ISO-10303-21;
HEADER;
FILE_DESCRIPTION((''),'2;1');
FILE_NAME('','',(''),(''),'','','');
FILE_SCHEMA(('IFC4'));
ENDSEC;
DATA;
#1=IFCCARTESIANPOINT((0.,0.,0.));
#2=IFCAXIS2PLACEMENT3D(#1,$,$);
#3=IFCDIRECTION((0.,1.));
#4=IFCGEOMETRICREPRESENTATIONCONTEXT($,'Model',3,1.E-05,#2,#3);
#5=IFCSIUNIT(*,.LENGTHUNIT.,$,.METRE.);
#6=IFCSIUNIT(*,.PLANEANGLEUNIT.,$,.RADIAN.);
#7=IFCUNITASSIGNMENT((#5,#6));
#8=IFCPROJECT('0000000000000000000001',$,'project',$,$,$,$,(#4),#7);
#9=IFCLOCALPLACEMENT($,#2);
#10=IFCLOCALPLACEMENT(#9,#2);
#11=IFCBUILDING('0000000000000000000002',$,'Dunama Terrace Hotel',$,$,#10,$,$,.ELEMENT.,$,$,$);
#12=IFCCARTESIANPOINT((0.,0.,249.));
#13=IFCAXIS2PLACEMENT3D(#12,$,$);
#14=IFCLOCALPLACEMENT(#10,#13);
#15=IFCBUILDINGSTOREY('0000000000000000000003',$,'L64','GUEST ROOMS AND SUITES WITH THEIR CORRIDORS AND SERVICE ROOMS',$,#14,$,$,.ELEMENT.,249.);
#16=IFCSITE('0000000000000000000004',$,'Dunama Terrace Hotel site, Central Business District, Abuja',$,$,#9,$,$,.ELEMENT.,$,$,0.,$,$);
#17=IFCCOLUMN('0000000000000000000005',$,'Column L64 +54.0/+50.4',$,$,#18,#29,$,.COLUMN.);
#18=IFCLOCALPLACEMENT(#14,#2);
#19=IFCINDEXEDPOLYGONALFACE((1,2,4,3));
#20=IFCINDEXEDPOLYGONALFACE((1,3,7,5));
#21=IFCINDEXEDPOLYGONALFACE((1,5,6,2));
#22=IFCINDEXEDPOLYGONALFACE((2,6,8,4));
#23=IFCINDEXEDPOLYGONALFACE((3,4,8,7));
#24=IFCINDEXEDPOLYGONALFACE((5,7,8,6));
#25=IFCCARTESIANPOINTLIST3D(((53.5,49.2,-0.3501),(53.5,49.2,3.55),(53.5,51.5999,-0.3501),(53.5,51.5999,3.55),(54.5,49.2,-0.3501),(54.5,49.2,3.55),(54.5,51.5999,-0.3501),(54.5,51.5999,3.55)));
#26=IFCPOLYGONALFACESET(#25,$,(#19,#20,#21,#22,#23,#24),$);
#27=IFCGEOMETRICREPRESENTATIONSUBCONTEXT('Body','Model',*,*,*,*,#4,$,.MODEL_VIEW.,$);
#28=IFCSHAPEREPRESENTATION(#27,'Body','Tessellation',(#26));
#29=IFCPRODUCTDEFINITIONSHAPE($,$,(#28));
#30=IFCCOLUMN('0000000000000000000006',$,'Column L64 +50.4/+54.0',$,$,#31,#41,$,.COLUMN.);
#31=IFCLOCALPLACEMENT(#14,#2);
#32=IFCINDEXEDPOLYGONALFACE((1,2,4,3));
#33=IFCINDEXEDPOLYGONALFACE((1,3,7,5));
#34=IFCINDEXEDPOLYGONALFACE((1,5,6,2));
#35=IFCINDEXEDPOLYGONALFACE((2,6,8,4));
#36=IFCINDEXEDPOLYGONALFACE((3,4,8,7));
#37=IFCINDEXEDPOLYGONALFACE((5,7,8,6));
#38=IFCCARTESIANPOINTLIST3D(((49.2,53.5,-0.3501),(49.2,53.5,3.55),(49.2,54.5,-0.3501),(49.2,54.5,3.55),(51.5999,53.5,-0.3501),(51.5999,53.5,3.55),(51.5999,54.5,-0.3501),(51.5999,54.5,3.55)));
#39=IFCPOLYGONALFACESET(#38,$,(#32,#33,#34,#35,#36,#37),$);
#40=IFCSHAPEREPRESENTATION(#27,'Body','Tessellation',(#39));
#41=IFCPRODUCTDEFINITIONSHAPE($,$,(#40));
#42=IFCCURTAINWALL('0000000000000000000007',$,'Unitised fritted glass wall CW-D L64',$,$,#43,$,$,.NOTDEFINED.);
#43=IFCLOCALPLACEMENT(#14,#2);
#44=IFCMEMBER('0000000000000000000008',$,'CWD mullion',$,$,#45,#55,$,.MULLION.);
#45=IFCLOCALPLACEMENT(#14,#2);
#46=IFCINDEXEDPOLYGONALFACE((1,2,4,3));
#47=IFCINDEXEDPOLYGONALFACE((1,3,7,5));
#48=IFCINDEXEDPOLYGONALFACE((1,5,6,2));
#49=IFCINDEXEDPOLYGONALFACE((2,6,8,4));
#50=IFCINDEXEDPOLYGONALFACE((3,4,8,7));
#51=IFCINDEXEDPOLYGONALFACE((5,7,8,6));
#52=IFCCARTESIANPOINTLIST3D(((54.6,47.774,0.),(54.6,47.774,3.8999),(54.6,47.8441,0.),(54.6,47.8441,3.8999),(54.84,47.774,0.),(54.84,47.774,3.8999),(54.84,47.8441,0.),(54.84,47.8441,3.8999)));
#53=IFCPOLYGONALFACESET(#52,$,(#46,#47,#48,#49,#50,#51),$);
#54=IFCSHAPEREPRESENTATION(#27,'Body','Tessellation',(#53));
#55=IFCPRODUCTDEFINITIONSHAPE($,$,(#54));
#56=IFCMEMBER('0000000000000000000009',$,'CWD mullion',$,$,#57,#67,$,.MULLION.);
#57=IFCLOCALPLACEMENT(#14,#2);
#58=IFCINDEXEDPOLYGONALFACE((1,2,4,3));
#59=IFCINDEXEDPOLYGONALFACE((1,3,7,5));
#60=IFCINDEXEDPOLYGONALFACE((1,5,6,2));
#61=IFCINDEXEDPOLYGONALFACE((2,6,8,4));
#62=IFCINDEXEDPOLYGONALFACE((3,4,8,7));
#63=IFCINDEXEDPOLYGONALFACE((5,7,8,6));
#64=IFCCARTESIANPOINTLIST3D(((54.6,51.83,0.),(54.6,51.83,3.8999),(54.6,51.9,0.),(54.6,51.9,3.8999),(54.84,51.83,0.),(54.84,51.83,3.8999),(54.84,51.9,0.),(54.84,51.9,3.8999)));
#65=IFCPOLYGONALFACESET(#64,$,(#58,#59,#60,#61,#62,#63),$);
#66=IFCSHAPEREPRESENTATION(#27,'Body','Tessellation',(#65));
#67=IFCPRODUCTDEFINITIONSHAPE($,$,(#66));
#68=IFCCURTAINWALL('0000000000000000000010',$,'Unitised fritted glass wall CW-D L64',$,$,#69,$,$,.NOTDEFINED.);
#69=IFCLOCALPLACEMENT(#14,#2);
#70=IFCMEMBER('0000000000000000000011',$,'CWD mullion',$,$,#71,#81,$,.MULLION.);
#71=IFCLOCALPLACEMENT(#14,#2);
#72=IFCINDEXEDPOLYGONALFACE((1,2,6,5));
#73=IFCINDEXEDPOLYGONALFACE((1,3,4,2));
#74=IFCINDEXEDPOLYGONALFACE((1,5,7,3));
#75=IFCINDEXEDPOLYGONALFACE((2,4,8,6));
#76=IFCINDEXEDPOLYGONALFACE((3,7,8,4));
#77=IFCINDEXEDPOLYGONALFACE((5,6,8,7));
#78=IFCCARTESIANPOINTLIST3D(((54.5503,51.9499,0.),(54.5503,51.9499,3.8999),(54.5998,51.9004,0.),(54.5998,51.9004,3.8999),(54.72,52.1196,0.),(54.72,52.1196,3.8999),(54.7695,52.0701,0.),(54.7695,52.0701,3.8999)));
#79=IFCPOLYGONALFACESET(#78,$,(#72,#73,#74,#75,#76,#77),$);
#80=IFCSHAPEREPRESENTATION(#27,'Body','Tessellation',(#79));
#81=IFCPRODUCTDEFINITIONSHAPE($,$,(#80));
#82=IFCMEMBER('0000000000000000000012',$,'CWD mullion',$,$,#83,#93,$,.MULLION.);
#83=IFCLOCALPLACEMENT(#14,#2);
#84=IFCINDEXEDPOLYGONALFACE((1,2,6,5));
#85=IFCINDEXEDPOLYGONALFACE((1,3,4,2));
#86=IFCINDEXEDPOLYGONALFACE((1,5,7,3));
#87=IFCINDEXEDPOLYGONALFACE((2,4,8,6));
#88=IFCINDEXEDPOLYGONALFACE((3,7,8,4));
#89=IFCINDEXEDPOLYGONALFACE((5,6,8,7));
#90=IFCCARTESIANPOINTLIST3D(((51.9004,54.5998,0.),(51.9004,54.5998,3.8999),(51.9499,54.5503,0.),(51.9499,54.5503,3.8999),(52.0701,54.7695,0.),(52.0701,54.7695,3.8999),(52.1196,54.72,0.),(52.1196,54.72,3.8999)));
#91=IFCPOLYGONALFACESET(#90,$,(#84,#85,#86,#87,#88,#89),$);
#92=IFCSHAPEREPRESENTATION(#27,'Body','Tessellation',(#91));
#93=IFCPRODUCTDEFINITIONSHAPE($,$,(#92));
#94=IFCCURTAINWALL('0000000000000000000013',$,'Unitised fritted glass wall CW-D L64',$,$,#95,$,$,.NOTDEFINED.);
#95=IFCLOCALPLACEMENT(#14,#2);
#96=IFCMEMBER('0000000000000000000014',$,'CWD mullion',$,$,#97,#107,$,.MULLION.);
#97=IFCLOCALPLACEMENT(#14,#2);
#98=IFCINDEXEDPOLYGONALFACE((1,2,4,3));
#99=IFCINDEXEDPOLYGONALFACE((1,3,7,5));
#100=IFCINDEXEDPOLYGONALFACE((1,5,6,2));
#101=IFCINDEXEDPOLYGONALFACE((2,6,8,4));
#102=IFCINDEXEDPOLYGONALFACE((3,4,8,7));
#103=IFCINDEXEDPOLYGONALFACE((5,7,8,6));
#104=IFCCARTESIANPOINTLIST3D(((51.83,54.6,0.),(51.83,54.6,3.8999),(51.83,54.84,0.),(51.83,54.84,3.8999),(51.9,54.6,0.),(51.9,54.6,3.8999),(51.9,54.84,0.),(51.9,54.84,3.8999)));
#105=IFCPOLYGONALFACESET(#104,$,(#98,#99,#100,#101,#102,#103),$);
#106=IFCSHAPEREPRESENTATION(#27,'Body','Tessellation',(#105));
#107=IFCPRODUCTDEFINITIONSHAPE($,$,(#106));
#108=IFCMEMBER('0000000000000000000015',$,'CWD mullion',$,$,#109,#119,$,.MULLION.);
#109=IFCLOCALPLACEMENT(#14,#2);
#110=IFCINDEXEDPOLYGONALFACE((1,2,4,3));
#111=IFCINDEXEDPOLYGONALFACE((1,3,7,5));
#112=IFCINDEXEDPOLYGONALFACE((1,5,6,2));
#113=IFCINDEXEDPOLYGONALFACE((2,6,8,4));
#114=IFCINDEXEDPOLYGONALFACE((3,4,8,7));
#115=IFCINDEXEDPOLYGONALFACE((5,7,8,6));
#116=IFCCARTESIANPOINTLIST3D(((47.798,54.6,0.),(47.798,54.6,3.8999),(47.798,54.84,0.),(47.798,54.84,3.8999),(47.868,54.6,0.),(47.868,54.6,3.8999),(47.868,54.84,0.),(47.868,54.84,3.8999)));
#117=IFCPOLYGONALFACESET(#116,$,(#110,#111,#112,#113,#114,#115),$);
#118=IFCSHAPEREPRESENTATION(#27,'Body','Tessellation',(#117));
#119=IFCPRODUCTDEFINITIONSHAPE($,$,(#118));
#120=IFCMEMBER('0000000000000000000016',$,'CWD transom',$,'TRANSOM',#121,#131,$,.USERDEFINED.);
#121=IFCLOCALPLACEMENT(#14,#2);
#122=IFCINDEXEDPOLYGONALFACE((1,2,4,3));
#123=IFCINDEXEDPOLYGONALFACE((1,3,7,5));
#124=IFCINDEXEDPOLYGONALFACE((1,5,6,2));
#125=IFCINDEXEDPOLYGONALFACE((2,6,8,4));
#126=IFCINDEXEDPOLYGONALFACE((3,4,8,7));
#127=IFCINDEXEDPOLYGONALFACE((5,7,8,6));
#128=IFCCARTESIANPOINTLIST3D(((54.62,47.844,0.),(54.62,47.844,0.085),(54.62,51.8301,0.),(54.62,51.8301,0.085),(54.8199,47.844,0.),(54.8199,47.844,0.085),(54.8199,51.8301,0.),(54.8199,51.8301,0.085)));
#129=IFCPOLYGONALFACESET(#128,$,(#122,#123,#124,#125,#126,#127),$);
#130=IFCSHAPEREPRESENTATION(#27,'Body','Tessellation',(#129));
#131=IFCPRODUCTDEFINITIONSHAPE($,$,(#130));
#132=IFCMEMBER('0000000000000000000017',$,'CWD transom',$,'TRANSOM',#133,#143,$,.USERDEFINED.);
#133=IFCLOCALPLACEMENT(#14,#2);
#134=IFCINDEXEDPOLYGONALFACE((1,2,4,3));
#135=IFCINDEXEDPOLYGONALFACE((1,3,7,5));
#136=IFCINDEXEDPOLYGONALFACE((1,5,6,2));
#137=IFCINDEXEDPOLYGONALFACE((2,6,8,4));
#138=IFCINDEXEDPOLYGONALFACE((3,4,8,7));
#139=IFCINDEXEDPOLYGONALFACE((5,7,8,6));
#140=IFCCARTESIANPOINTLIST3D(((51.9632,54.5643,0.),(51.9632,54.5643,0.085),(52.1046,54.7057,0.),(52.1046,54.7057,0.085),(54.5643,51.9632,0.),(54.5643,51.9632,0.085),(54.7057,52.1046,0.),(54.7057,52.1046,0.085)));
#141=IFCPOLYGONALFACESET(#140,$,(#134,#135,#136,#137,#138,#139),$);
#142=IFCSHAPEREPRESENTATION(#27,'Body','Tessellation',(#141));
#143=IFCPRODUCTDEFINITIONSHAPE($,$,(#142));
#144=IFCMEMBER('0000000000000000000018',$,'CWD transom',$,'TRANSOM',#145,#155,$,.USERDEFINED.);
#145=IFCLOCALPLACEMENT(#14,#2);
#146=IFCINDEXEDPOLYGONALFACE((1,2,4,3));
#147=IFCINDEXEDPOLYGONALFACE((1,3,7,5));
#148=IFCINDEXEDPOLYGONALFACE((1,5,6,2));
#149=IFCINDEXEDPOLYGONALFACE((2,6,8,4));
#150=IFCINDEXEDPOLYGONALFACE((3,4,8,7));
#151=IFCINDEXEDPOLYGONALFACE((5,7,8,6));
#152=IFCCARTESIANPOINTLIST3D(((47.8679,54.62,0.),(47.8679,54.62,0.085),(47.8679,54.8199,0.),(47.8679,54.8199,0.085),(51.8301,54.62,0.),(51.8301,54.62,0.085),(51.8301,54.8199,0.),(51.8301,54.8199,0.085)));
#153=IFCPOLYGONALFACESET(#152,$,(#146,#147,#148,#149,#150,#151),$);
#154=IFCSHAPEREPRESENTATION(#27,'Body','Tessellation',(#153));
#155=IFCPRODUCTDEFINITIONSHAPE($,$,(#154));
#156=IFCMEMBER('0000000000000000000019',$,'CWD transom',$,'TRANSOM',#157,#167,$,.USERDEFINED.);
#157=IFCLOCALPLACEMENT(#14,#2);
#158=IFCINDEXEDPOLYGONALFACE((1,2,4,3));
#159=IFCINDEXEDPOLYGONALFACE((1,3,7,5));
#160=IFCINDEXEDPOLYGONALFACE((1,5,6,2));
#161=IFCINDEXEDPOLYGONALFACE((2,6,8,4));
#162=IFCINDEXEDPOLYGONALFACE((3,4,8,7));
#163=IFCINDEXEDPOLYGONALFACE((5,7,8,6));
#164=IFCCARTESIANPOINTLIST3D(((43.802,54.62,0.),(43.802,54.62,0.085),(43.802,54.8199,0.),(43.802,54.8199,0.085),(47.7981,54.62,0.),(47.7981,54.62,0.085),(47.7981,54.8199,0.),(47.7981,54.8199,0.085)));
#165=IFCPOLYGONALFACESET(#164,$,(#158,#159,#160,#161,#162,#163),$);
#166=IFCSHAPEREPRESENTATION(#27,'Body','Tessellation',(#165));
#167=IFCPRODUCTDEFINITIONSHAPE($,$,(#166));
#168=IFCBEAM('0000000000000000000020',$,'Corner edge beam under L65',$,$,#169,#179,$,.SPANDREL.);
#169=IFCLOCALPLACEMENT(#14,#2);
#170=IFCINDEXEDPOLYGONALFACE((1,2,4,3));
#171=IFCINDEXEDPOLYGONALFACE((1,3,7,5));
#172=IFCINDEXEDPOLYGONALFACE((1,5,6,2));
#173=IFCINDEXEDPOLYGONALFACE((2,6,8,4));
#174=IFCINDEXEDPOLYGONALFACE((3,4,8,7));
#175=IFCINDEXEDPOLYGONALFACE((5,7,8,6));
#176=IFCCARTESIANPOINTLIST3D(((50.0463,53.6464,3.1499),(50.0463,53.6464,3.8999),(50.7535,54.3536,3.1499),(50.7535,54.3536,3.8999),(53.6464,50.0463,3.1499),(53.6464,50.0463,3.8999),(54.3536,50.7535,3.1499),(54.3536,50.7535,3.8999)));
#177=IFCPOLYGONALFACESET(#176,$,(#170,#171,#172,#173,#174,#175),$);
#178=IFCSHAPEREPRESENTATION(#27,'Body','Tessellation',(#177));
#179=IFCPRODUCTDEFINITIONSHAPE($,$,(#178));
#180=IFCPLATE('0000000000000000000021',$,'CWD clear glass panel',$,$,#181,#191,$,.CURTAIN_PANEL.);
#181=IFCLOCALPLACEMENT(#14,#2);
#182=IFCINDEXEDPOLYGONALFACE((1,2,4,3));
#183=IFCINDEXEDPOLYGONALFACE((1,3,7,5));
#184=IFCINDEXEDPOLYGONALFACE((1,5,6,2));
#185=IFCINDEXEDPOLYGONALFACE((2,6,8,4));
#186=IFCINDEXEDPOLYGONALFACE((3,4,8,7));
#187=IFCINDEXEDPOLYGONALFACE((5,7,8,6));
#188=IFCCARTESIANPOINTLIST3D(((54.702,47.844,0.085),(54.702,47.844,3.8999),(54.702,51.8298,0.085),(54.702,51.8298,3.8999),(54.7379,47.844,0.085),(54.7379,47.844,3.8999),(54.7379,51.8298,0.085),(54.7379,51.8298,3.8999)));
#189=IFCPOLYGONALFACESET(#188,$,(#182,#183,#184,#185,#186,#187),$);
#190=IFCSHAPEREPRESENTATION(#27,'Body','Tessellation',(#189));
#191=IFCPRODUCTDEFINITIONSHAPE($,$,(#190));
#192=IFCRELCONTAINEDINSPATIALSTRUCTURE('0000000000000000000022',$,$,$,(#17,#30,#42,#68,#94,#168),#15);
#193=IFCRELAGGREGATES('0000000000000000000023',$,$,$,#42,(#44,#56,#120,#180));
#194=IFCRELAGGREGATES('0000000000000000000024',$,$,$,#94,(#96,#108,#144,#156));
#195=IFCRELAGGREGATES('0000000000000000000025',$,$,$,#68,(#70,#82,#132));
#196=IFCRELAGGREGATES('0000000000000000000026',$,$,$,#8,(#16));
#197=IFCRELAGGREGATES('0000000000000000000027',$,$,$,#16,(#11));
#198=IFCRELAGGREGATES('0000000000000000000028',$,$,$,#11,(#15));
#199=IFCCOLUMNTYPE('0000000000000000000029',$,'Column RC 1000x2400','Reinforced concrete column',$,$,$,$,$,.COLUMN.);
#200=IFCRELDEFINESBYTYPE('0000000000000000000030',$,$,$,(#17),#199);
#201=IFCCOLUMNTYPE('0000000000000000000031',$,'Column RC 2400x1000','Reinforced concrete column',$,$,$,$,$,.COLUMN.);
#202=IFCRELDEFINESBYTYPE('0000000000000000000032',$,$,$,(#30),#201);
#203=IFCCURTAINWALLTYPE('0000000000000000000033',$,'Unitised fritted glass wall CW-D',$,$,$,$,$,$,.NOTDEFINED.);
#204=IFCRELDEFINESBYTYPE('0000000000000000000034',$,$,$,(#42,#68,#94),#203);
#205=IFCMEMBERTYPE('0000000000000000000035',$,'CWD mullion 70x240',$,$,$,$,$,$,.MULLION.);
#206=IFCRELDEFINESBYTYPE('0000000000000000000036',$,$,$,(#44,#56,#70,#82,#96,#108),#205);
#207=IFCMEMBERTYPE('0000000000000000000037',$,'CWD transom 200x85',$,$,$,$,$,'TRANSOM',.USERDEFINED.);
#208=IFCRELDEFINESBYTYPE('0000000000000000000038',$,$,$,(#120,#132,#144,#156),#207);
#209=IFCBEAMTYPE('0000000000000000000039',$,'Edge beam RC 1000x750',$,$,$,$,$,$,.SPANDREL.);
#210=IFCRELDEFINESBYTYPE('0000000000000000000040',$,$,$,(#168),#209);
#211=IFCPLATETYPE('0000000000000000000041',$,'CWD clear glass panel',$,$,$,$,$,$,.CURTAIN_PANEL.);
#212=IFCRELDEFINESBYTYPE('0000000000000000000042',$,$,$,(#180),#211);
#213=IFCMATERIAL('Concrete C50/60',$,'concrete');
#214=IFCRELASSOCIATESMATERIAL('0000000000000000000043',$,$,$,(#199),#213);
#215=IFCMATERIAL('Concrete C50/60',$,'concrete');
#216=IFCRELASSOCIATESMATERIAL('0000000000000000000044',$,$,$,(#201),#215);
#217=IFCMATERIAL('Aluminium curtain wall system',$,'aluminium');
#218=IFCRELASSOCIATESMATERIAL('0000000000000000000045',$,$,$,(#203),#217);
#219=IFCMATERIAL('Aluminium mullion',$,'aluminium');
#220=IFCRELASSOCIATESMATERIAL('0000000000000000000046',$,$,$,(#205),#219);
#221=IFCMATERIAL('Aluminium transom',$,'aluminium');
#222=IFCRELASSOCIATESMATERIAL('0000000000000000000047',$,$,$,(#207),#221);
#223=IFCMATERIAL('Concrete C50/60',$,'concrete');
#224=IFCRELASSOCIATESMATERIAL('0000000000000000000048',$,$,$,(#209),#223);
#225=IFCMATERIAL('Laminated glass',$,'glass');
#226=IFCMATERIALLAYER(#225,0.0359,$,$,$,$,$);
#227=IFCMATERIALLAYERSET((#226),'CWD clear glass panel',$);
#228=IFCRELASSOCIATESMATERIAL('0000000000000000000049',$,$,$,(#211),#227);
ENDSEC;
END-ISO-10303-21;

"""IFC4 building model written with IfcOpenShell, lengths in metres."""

from ifc_helpers import new_model, si_unit, direction, frame, origin, origin_2d, place, context, subcontext, project, spatial, rectangle, extrude, material, layer, layer_set, material_profile, profile_set, type_object, element, aggregate, save


model = new_model("IFC4")

# Units and contexts
model_context = context("Model", 3, precision=1e-05, world=origin(), true_north=direction((0.0, 1.0)))
body_context = subcontext(model_context, "Body", "Model", "MODEL_VIEW")
ifc_project = project(units=[si_unit("LENGTHUNIT", "METRE"), si_unit("PLANEANGLEUNIT", "RADIAN")], contexts=[model_context])

# Site, building, storey
site_placement = place(None, origin())
site = spatial("IfcSite", under=ifc_project, at=site_placement, Name="Dunama Terrace Hotel site, Central Business District, Abuja", CompositionType="ELEMENT", RefElevation=0.0)
building_placement = place(site_placement, origin())
building = spatial("IfcBuilding", under=site, at=building_placement, Name="Dunama Terrace Hotel", CompositionType="ELEMENT")
storey_placement = place(building_placement, frame((0.0, 0.0, 249.0)))
storey = spatial("IfcBuildingStorey", under=building, at=storey_placement, Name="L64", Description="GUEST ROOMS AND SUITES WITH THEIR CORRIDORS AND SERVICE ROOMS", CompositionType="ELEMENT", Elevation=249.0)

# Columns
ifc_material_1 = material(Name="Concrete C50/60", Category="concrete")
ifc_material_profile_1 = material_profile(ifc_material_1, rectangle(XDim=1.0, YDim=2.3999, at=origin_2d()), Name="RC 1000x2400")
ifc_profile_set_1 = profile_set([ifc_material_profile_1], Name="Concrete C50/60")
column_type_1 = type_object("IfcColumnType", Name="Column RC 1000x2400", Description="Reinforced concrete column", PredefinedType="COLUMN", material=ifc_profile_set_1)
column_1_placement = place(storey_placement, frame((54.0, 50.3999, -0.3501), z_axis=(0.0, 0.0, 1.0), x_axis=(1.0, 0.0, 0.0)))
element("IfcColumn", 1, at=column_1_placement, inside=storey, type_object=column_type_1, Name="Column L64 +54.0/+50.4", PredefinedType="COLUMN", context=body_context, shape_type="SweptSolid", body=[
    extrude(rectangle(XDim=1.0, YDim=2.3999, at=origin_2d()), origin(), (0.0, 0.0, 1.0), 3.9001),
])
ifc_material_2 = material(Name="Concrete C50/60", Category="concrete")
ifc_material_profile_2 = material_profile(ifc_material_2, rectangle(XDim=2.3999, YDim=1.0, at=origin_2d()), Name="RC 2400x1000")
ifc_profile_set_2 = profile_set([ifc_material_profile_2], Name="Concrete C50/60")
column_type_2 = type_object("IfcColumnType", Name="Column RC 2400x1000", Description="Reinforced concrete column", PredefinedType="COLUMN", material=ifc_profile_set_2)
column_2_placement = place(storey_placement, frame((50.3999, 54.0, -0.3501), z_axis=(0.0, 0.0, 1.0), x_axis=(1.0, 0.0, 0.0)))
element("IfcColumn", 2, at=column_2_placement, inside=storey, type_object=column_type_2, Name="Column L64 +50.4/+54.0", PredefinedType="COLUMN", context=body_context, shape_type="SweptSolid", body=[
    extrude(rectangle(XDim=2.3999, YDim=1.0, at=origin_2d()), origin(), (0.0, 0.0, 1.0), 3.9001),
])

# Curtain walls, members
ifc_material_3 = material(Name="Aluminium curtain wall system", Category="aluminium")
curtain_wall_type = type_object("IfcCurtainWallType", Name="Unitised fritted glass wall CW-D", PredefinedType="NOTDEFINED", material=ifc_material_3)
curtain_wall_1_placement = place(storey_placement, origin())
curtain_wall_1 = element("IfcCurtainWall", 3, at=curtain_wall_1_placement, inside=storey, type_object=curtain_wall_type, Name="Unitised fritted glass wall CW-D L64", PredefinedType="NOTDEFINED")
ifc_material_4 = material(Name="Aluminium mullion", Category="aluminium")
ifc_material_profile_3 = material_profile(ifc_material_4, rectangle(XDim=0.0701, YDim=0.24, at=origin_2d()), Name="CWD MULLION 70X240")
ifc_profile_set_3 = profile_set([ifc_material_profile_3], Name="Aluminium mullion")
member_type_1 = type_object("IfcMemberType", Name="CWD mullion 70x240", PredefinedType="MULLION", material=ifc_profile_set_3)
member_1_placement = place(storey_placement, frame((54.72, 47.8091, 0.0), z_axis=(0.0, 0.0, 1.0), x_axis=(0.0, 1.0, 0.0)))
member_1 = element("IfcMember", 4, at=member_1_placement, type_object=member_type_1, Name="CWD mullion", PredefinedType="MULLION", context=body_context, shape_type="SweptSolid", body=[
    extrude(rectangle(XDim=0.0701, YDim=0.24, at=origin_2d()), origin(), (0.0, 0.0, 1.0), 3.8999),
])
member_2_placement = place(storey_placement, frame((54.72, 51.865, 0.0), z_axis=(0.0, 0.0, 1.0), x_axis=(0.0, 1.0, 0.0)))
member_2 = element("IfcMember", 5, at=member_2_placement, type_object=member_type_1, Name="CWD mullion", PredefinedType="MULLION", context=body_context, shape_type="SweptSolid", body=[
    extrude(rectangle(XDim=0.0701, YDim=0.24, at=origin_2d()), origin(), (0.0, 0.0, 1.0), 3.8999),
])
curtain_wall_2_placement = place(storey_placement, origin())
curtain_wall_2 = element("IfcCurtainWall", 6, at=curtain_wall_2_placement, inside=storey, type_object=curtain_wall_type, Name="Unitised fritted glass wall CW-D L64", PredefinedType="NOTDEFINED")
member_3_placement = place(storey_placement, frame((54.6599, 52.01, 0.0), z_axis=(0.0, 0.0, 1.0), x_axis=(-0.707107, 0.707107, 0.0)))
member_3 = element("IfcMember", 7, at=member_3_placement, type_object=member_type_1, Name="CWD mullion", PredefinedType="MULLION", context=body_context, shape_type="SweptSolid", body=[
    extrude(rectangle(XDim=0.0701, YDim=0.24, at=origin_2d()), origin(), (0.0, 0.0, 1.0), 3.8999),
])
member_4_placement = place(storey_placement, frame((52.01, 54.6599, 0.0), z_axis=(0.0, 0.0, 1.0), x_axis=(-0.707107, 0.707107, 0.0)))
member_4 = element("IfcMember", 8, at=member_4_placement, type_object=member_type_1, Name="CWD mullion", PredefinedType="MULLION", context=body_context, shape_type="SweptSolid", body=[
    extrude(rectangle(XDim=0.0701, YDim=0.24, at=origin_2d()), origin(), (0.0, 0.0, 1.0), 3.8999),
])
curtain_wall_3_placement = place(storey_placement, origin())
curtain_wall_3 = element("IfcCurtainWall", 9, at=curtain_wall_3_placement, inside=storey, type_object=curtain_wall_type, Name="Unitised fritted glass wall CW-D L64", PredefinedType="NOTDEFINED")
member_5_placement = place(storey_placement, frame((51.865, 54.72, 0.0), z_axis=(0.0, 0.0, 1.0), x_axis=(-1.0, 0.0, 0.0)))
member_5 = element("IfcMember", 10, at=member_5_placement, type_object=member_type_1, Name="CWD mullion", PredefinedType="MULLION", context=body_context, shape_type="SweptSolid", body=[
    extrude(rectangle(XDim=0.0701, YDim=0.24, at=origin_2d()), origin(), (0.0, 0.0, 1.0), 3.8999),
])
member_6_placement = place(storey_placement, frame((47.833, 54.72, 0.0), z_axis=(0.0, 0.0, 1.0), x_axis=(-1.0, 0.0, 0.0)))
member_6 = element("IfcMember", 11, at=member_6_placement, type_object=member_type_1, Name="CWD mullion", PredefinedType="MULLION", context=body_context, shape_type="SweptSolid", body=[
    extrude(rectangle(XDim=0.0701, YDim=0.24, at=origin_2d()), origin(), (0.0, 0.0, 1.0), 3.8999),
])

# Members
ifc_material_5 = material(Name="Aluminium transom", Category="aluminium")
ifc_material_profile_4 = material_profile(ifc_material_5, rectangle(XDim=0.2, YDim=0.085, at=origin_2d()), Name="CWD TRANSOM 200X85")
ifc_profile_set_4 = profile_set([ifc_material_profile_4], Name="Aluminium transom")
member_type_2 = type_object("IfcMemberType", Name="CWD transom 200x85", ElementType="TRANSOM", PredefinedType="USERDEFINED", material=ifc_profile_set_4)
member_7_placement = place(storey_placement, frame((54.72, 47.844, 0.0425), z_axis=(0.0, 1.0, 0.0), x_axis=(-1.0, 0.0, 0.0)))
member_7 = element("IfcMember", 12, at=member_7_placement, type_object=member_type_2, Name="CWD transom", ObjectType="TRANSOM", PredefinedType="USERDEFINED", context=body_context, shape_type="SweptSolid", body=[
    extrude(rectangle(XDim=0.2, YDim=0.085, at=origin_2d()), origin(), (0.0, 0.0, 1.0), 3.9861),
])
member_8_placement = place(storey_placement, frame((54.635, 52.0339, 0.0425), z_axis=(-0.707107, 0.707107, 0.0), x_axis=(-0.707107, -0.707107, 0.0)))
member_8 = element("IfcMember", 13, at=member_8_placement, type_object=member_type_2, Name="CWD transom", ObjectType="TRANSOM", PredefinedType="USERDEFINED", context=body_context, shape_type="SweptSolid", body=[
    extrude(rectangle(XDim=0.2, YDim=0.085, at=origin_2d()), origin(), (0.0, 0.0, 1.0), 3.6785),
])
member_9_placement = place(storey_placement, frame((51.8301, 54.72, 0.0425), z_axis=(-1.0, 0.0, 0.0), x_axis=(0.0, -1.0, 0.0)))
member_9 = element("IfcMember", 14, at=member_9_placement, type_object=member_type_2, Name="CWD transom", ObjectType="TRANSOM", PredefinedType="USERDEFINED", context=body_context, shape_type="SweptSolid", body=[
    extrude(rectangle(XDim=0.2, YDim=0.085, at=origin_2d()), origin(), (0.0, 0.0, 1.0), 3.9622),
])
member_10_placement = place(storey_placement, frame((47.7981, 54.72, 0.0425), z_axis=(-1.0, 0.0, 0.0), x_axis=(0.0, -1.0, 0.0)))
member_10 = element("IfcMember", 15, at=member_10_placement, type_object=member_type_2, Name="CWD transom", ObjectType="TRANSOM", PredefinedType="USERDEFINED", context=body_context, shape_type="SweptSolid", body=[
    extrude(rectangle(XDim=0.2, YDim=0.085, at=origin_2d()), origin(), (0.0, 0.0, 1.0), 3.9961),
])

# Beam
ifc_material_6 = material(Name="Concrete C50/60", Category="concrete")
ifc_material_profile_5 = material_profile(ifc_material_6, rectangle(XDim=1.0, YDim=0.75, at=origin_2d()), Name="RC 1000x750")
ifc_profile_set_5 = profile_set([ifc_material_profile_5], Name="Concrete C50/60")
beam_type = type_object("IfcBeamType", Name="Edge beam RC 1000x750", PredefinedType="SPANDREL", material=ifc_profile_set_5)
beam_placement = place(storey_placement, frame((50.3999, 54.0, 3.5249), z_axis=(0.707107, -0.707107, 0.0), x_axis=(0.707107, 0.707107, 0.0)))
element("IfcBeam", 16, at=beam_placement, inside=storey, type_object=beam_type, Name="Corner edge beam under L65", PredefinedType="SPANDREL", context=body_context, shape_type="SweptSolid", body=[
    extrude(rectangle(XDim=1.0, YDim=0.75, at=origin_2d()), origin(), (0.0, 0.0, 1.0), 5.0913),
])

# Plate
ifc_material_7 = material(Name="Laminated glass", Category="glass")
ifc_layer_1 = layer(ifc_material_7, 0.0359)
ifc_layer_set_1 = layer_set([ifc_layer_1], Name="CWD clear glass panel")
plate_type_1 = type_object("IfcPlateType", Name="CWD clear glass panel", PredefinedType="CURTAIN_PANEL", material=ifc_layer_set_1)
plate_1_placement = place(storey_placement, frame((54.72, 49.8369, 0.085), z_axis=(0.0, 0.0, 1.0), x_axis=(0.0, 1.0, 0.0)))
plate_1 = element("IfcPlate", 17, at=plate_1_placement, type_object=plate_type_1, Name="CWD clear glass panel", PredefinedType="CURTAIN_PANEL", context=body_context, shape_type="SweptSolid", body=[
    extrude(rectangle(XDim=3.9858, YDim=0.0359, at=origin_2d()), origin(), (0.0, 0.0, 1.0), 3.8149),
])
aggregate(curtain_wall_1, [member_1, member_2, member_7, plate_1])
aggregate(curtain_wall_3, [member_5, member_6, member_9, member_10])
aggregate(curtain_wall_2, [member_3, member_4, member_8])

save(model, "model.ifc")
